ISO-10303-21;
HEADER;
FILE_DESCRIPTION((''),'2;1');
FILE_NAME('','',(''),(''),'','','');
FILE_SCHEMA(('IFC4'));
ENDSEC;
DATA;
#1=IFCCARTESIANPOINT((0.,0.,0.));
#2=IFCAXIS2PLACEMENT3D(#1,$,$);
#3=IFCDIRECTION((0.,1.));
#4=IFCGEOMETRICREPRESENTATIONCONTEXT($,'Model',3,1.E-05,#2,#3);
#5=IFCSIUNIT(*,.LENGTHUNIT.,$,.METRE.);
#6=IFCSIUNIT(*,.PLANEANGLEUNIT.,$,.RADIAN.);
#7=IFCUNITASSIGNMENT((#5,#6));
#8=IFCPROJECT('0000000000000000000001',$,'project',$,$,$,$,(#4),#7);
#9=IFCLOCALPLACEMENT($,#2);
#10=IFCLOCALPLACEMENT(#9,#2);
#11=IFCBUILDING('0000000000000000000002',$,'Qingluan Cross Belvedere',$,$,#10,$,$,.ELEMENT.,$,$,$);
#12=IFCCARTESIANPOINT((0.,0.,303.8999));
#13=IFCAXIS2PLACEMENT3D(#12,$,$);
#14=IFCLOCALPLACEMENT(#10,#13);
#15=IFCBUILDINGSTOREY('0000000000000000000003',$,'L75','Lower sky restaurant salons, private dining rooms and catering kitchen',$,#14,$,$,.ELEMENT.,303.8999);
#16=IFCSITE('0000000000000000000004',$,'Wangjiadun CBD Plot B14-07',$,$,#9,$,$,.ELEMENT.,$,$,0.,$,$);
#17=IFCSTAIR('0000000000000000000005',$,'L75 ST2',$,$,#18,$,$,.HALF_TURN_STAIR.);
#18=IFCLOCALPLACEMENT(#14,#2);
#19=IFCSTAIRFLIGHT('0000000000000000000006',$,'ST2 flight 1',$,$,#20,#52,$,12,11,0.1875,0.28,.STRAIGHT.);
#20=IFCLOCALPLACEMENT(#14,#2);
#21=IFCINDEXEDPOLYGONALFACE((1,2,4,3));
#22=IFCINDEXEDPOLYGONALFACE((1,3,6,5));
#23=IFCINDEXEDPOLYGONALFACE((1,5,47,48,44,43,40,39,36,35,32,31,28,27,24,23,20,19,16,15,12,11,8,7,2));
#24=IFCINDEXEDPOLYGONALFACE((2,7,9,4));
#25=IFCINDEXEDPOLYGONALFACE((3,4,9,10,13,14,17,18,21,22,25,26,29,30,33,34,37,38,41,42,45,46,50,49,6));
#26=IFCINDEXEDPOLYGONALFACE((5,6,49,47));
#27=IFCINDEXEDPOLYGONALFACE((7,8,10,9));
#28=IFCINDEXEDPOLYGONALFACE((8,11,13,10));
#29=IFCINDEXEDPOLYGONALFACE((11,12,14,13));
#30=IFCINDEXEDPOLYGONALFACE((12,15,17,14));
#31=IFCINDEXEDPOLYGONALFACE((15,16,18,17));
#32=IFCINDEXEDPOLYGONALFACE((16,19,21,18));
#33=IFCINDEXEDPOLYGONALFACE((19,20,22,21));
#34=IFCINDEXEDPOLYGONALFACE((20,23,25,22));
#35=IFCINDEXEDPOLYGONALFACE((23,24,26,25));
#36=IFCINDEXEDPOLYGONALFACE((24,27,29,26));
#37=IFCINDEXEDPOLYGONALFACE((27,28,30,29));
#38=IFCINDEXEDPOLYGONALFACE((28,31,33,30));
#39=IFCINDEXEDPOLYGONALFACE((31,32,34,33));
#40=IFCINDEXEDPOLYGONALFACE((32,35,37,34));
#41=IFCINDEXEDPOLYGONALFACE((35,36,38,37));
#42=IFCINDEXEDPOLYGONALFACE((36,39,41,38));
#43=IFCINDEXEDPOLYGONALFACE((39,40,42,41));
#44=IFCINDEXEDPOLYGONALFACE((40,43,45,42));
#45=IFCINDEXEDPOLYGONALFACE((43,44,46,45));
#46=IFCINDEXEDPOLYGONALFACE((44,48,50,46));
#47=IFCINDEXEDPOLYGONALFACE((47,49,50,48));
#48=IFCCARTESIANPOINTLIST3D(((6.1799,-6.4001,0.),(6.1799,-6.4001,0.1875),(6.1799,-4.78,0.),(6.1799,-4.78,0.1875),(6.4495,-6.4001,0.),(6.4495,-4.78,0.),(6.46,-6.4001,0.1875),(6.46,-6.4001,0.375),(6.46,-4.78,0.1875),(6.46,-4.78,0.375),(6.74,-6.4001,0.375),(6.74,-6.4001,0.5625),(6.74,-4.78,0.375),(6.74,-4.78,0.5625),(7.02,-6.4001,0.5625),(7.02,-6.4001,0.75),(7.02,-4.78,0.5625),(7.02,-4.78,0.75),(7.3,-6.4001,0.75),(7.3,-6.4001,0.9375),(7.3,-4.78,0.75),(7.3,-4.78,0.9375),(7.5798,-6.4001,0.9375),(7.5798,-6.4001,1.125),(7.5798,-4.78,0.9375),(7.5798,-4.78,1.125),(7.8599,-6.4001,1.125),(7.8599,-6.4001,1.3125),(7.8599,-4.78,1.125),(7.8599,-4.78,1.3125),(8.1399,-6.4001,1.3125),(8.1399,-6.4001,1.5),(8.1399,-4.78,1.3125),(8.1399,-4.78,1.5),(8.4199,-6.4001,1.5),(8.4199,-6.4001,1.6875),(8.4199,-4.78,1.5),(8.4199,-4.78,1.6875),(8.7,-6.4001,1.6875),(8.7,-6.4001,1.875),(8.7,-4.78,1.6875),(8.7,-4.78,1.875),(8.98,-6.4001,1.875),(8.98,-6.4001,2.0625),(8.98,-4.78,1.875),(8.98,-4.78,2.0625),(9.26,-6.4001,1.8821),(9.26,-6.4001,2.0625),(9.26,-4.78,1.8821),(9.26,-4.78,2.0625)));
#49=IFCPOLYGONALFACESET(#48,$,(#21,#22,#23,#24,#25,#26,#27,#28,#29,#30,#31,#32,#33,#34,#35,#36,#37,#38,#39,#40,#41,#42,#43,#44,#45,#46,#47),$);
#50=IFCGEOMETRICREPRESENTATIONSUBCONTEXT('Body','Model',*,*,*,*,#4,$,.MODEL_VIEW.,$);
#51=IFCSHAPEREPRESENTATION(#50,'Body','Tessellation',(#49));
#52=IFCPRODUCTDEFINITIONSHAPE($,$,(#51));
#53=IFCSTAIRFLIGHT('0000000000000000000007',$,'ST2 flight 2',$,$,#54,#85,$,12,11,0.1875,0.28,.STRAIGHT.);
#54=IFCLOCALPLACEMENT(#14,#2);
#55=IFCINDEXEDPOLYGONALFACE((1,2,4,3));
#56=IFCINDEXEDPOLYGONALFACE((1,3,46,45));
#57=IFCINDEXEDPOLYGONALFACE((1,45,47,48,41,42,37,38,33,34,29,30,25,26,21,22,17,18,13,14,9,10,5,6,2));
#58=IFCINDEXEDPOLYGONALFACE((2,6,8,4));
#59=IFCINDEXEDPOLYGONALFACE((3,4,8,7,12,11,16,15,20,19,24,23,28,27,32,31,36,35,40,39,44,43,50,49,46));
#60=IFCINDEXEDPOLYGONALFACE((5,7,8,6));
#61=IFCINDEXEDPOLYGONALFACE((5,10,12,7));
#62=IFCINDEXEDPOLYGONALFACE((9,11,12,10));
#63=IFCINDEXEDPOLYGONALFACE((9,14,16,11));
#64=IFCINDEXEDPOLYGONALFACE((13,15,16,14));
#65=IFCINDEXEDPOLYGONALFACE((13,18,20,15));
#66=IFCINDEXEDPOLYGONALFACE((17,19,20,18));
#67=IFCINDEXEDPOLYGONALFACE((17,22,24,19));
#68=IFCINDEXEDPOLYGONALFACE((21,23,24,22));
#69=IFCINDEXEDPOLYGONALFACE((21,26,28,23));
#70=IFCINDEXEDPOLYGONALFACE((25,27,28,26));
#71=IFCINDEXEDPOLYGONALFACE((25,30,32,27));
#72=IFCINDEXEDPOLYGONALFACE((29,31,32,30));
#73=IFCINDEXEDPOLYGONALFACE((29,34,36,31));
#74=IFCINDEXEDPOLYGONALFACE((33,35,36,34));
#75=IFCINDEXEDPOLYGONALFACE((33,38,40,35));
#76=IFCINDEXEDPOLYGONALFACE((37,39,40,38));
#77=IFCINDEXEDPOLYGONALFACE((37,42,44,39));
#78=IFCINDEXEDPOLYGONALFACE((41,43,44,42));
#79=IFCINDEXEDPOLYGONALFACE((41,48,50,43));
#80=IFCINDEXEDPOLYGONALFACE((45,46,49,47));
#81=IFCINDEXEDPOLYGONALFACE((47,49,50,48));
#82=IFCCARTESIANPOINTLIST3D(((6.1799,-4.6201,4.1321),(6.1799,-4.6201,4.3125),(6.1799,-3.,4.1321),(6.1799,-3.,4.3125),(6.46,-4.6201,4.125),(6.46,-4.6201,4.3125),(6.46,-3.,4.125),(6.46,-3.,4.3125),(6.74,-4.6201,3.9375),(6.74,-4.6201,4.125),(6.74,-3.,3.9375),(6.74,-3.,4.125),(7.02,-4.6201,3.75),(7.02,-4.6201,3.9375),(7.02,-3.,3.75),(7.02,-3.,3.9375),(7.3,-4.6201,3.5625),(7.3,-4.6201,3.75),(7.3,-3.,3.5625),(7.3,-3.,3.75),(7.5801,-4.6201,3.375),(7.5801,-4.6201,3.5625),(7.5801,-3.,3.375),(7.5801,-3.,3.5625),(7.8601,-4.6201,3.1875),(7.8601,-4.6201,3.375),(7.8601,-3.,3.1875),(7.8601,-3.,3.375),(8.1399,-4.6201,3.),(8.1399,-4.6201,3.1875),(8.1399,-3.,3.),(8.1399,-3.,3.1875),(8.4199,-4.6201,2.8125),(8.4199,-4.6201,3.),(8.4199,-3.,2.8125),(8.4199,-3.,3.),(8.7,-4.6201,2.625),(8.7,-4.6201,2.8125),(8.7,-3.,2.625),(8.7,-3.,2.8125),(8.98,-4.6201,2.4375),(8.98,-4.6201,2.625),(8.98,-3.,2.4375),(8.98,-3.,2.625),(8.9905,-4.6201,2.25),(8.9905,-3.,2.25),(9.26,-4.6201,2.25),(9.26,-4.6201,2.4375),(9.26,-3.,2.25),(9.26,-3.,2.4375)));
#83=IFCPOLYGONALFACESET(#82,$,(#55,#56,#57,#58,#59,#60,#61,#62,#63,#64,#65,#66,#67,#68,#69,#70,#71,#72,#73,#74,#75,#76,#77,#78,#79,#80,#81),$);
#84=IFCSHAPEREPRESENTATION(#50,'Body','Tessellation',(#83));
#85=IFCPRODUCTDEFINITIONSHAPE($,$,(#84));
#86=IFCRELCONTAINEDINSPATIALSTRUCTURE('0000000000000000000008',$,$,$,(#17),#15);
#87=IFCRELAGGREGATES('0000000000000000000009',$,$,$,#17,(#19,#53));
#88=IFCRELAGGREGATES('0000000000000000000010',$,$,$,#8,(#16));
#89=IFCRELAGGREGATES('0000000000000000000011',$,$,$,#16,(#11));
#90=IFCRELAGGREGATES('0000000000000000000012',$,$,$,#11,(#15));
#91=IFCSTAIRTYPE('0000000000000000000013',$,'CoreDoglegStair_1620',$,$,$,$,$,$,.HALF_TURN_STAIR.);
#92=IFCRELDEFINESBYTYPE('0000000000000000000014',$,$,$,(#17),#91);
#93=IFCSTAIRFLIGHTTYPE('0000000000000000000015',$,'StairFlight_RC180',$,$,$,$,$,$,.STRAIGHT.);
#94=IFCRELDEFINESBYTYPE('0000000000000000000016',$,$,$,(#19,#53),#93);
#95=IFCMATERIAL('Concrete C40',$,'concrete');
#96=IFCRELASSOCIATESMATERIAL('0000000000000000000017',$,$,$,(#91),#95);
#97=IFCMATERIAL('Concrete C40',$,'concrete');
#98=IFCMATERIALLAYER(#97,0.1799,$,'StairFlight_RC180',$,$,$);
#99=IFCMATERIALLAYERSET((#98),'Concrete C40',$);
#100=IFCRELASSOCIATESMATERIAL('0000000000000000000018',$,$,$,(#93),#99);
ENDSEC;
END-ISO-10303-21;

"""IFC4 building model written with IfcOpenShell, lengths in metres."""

from ifc_helpers import new_model, si_unit, direction, frame, origin, place, context, subcontext, project, spatial, polyline, outline, extrude, material, layer, layer_set, type_object, element, aggregate, save


model = new_model("IFC4")

# Units and contexts
model_context = context("Model", 3, precision=1e-05, world=origin(), true_north=direction((0.0, 1.0)))
body_context = subcontext(model_context, "Body", "Model", "MODEL_VIEW")
ifc_project = project(units=[si_unit("LENGTHUNIT", "METRE"), si_unit("PLANEANGLEUNIT", "RADIAN")], contexts=[model_context])

# Site, building, storey
site_placement = place(None, origin())
site = spatial("IfcSite", under=ifc_project, at=site_placement, Name="Wangjiadun CBD Plot B14-07", CompositionType="ELEMENT", RefElevation=0.0)
building_placement = place(site_placement, origin())
building = spatial("IfcBuilding", under=site, at=building_placement, Name="Qingluan Cross Belvedere", CompositionType="ELEMENT")
storey_placement = place(building_placement, frame((0.0, 0.0, 303.8999)))
storey = spatial("IfcBuildingStorey", under=building, at=storey_placement, Name="L75", Description="Lower sky restaurant salons, private dining rooms and catering kitchen", CompositionType="ELEMENT", Elevation=303.8999)

# Stair, stair flights
ifc_material_1 = material(Name="Concrete C40", Category="concrete")
stair_type = type_object("IfcStairType", Name="CoreDoglegStair_1620", PredefinedType="HALF_TURN_STAIR", material=ifc_material_1)
stair_placement = place(storey_placement, origin())
stair = element("IfcStair", 1, at=stair_placement, inside=storey, type_object=stair_type, Name="L75 ST2", PredefinedType="HALF_TURN_STAIR")
ifc_material_2 = material(Name="Concrete C40", Category="concrete")
ifc_layer_1 = layer(ifc_material_2, 0.1799, Name="StairFlight_RC180")
ifc_layer_set_1 = layer_set([ifc_layer_1], Name="Concrete C40")
stair_flight_type = type_object("IfcStairFlightType", Name="StairFlight_RC180", PredefinedType="STRAIGHT", material=ifc_layer_set_1)
stair_flight_1_placement = place(storey_placement, frame((6.1799, -5.5901, 0.0), z_axis=(0.0, 0.0, 1.0), x_axis=(1.0, 0.0, 0.0)))
stair_flight_1 = element("IfcStairFlight", 2, at=stair_flight_1_placement, type_object=stair_flight_type, Name="ST2 flight 1", NumberOfRisers=12, NumberOfTreads=11, PredefinedType="STRAIGHT", RiserHeight=0.1875, TreadLength=0.28, context=body_context, shape_type="SweptSolid", body=[
    extrude(outline(polyline([(0.0, 0.0), (0.0, 0.1875), (0.28, 0.1875), (0.28, 0.375), (0.5601, 0.375), (0.5601, 0.5625), (0.8401, 0.5625), (0.8401, 0.75), (1.1201, 0.75), (1.1201, 0.9375), (1.3999, 0.9375), (1.3999, 1.125), (1.6799, 1.125), (1.6799, 1.3125), (1.96, 1.3125), (1.96, 1.5), (2.24, 1.5), (2.24, 1.6875), (2.52, 1.6875), (2.52, 1.875), (2.8, 1.875), (2.8, 2.0625), (3.0801, 2.0625), (3.0801, 2.25), (3.0801, 1.8821), (0.2695, 0.0), (0.0, 0.0)])), frame((0.0, 0.8101, 0.0), z_axis=(0.0, -1.0, 0.0), x_axis=(1.0, 0.0, 0.0)), (0.0, 0.0, 1.0), 1.6201),
])
stair_flight_2_placement = place(storey_placement, frame((9.26, -3.8101, 2.25), z_axis=(0.0, 0.0, 1.0), x_axis=(-1.0, 0.0, 0.0)))
stair_flight_2 = element("IfcStairFlight", 3, at=stair_flight_2_placement, type_object=stair_flight_type, Name="ST2 flight 2", NumberOfRisers=12, NumberOfTreads=11, PredefinedType="STRAIGHT", RiserHeight=0.1875, TreadLength=0.28, context=body_context, shape_type="SweptSolid", body=[
    extrude(outline(polyline([(0.0, 0.0), (0.0, 0.1875), (0.28, 0.1875), (0.28, 0.375), (0.5601, 0.375), (0.5601, 0.5625), (0.8401, 0.5625), (0.8401, 0.75), (1.1201, 0.75), (1.1201, 0.9375), (1.3999, 0.9375), (1.3999, 1.125), (1.6799, 1.125), (1.6799, 1.3125), (1.96, 1.3125), (1.96, 1.5), (2.24, 1.5), (2.24, 1.6875), (2.52, 1.6875), (2.52, 1.875), (2.8, 1.875), (2.8, 2.0625), (3.0801, 2.0625), (3.0801, 2.25), (3.0801, 1.8821), (0.2695, 0.0), (0.0, 0.0)])), frame((0.0, 0.8101, 0.0), z_axis=(0.0, -1.0, 0.0), x_axis=(1.0, 0.0, 0.0)), (0.0, 0.0, 1.0), 1.6201),
])
aggregate(stair, [stair_flight_1, stair_flight_2])

save(model, "model.ifc")
